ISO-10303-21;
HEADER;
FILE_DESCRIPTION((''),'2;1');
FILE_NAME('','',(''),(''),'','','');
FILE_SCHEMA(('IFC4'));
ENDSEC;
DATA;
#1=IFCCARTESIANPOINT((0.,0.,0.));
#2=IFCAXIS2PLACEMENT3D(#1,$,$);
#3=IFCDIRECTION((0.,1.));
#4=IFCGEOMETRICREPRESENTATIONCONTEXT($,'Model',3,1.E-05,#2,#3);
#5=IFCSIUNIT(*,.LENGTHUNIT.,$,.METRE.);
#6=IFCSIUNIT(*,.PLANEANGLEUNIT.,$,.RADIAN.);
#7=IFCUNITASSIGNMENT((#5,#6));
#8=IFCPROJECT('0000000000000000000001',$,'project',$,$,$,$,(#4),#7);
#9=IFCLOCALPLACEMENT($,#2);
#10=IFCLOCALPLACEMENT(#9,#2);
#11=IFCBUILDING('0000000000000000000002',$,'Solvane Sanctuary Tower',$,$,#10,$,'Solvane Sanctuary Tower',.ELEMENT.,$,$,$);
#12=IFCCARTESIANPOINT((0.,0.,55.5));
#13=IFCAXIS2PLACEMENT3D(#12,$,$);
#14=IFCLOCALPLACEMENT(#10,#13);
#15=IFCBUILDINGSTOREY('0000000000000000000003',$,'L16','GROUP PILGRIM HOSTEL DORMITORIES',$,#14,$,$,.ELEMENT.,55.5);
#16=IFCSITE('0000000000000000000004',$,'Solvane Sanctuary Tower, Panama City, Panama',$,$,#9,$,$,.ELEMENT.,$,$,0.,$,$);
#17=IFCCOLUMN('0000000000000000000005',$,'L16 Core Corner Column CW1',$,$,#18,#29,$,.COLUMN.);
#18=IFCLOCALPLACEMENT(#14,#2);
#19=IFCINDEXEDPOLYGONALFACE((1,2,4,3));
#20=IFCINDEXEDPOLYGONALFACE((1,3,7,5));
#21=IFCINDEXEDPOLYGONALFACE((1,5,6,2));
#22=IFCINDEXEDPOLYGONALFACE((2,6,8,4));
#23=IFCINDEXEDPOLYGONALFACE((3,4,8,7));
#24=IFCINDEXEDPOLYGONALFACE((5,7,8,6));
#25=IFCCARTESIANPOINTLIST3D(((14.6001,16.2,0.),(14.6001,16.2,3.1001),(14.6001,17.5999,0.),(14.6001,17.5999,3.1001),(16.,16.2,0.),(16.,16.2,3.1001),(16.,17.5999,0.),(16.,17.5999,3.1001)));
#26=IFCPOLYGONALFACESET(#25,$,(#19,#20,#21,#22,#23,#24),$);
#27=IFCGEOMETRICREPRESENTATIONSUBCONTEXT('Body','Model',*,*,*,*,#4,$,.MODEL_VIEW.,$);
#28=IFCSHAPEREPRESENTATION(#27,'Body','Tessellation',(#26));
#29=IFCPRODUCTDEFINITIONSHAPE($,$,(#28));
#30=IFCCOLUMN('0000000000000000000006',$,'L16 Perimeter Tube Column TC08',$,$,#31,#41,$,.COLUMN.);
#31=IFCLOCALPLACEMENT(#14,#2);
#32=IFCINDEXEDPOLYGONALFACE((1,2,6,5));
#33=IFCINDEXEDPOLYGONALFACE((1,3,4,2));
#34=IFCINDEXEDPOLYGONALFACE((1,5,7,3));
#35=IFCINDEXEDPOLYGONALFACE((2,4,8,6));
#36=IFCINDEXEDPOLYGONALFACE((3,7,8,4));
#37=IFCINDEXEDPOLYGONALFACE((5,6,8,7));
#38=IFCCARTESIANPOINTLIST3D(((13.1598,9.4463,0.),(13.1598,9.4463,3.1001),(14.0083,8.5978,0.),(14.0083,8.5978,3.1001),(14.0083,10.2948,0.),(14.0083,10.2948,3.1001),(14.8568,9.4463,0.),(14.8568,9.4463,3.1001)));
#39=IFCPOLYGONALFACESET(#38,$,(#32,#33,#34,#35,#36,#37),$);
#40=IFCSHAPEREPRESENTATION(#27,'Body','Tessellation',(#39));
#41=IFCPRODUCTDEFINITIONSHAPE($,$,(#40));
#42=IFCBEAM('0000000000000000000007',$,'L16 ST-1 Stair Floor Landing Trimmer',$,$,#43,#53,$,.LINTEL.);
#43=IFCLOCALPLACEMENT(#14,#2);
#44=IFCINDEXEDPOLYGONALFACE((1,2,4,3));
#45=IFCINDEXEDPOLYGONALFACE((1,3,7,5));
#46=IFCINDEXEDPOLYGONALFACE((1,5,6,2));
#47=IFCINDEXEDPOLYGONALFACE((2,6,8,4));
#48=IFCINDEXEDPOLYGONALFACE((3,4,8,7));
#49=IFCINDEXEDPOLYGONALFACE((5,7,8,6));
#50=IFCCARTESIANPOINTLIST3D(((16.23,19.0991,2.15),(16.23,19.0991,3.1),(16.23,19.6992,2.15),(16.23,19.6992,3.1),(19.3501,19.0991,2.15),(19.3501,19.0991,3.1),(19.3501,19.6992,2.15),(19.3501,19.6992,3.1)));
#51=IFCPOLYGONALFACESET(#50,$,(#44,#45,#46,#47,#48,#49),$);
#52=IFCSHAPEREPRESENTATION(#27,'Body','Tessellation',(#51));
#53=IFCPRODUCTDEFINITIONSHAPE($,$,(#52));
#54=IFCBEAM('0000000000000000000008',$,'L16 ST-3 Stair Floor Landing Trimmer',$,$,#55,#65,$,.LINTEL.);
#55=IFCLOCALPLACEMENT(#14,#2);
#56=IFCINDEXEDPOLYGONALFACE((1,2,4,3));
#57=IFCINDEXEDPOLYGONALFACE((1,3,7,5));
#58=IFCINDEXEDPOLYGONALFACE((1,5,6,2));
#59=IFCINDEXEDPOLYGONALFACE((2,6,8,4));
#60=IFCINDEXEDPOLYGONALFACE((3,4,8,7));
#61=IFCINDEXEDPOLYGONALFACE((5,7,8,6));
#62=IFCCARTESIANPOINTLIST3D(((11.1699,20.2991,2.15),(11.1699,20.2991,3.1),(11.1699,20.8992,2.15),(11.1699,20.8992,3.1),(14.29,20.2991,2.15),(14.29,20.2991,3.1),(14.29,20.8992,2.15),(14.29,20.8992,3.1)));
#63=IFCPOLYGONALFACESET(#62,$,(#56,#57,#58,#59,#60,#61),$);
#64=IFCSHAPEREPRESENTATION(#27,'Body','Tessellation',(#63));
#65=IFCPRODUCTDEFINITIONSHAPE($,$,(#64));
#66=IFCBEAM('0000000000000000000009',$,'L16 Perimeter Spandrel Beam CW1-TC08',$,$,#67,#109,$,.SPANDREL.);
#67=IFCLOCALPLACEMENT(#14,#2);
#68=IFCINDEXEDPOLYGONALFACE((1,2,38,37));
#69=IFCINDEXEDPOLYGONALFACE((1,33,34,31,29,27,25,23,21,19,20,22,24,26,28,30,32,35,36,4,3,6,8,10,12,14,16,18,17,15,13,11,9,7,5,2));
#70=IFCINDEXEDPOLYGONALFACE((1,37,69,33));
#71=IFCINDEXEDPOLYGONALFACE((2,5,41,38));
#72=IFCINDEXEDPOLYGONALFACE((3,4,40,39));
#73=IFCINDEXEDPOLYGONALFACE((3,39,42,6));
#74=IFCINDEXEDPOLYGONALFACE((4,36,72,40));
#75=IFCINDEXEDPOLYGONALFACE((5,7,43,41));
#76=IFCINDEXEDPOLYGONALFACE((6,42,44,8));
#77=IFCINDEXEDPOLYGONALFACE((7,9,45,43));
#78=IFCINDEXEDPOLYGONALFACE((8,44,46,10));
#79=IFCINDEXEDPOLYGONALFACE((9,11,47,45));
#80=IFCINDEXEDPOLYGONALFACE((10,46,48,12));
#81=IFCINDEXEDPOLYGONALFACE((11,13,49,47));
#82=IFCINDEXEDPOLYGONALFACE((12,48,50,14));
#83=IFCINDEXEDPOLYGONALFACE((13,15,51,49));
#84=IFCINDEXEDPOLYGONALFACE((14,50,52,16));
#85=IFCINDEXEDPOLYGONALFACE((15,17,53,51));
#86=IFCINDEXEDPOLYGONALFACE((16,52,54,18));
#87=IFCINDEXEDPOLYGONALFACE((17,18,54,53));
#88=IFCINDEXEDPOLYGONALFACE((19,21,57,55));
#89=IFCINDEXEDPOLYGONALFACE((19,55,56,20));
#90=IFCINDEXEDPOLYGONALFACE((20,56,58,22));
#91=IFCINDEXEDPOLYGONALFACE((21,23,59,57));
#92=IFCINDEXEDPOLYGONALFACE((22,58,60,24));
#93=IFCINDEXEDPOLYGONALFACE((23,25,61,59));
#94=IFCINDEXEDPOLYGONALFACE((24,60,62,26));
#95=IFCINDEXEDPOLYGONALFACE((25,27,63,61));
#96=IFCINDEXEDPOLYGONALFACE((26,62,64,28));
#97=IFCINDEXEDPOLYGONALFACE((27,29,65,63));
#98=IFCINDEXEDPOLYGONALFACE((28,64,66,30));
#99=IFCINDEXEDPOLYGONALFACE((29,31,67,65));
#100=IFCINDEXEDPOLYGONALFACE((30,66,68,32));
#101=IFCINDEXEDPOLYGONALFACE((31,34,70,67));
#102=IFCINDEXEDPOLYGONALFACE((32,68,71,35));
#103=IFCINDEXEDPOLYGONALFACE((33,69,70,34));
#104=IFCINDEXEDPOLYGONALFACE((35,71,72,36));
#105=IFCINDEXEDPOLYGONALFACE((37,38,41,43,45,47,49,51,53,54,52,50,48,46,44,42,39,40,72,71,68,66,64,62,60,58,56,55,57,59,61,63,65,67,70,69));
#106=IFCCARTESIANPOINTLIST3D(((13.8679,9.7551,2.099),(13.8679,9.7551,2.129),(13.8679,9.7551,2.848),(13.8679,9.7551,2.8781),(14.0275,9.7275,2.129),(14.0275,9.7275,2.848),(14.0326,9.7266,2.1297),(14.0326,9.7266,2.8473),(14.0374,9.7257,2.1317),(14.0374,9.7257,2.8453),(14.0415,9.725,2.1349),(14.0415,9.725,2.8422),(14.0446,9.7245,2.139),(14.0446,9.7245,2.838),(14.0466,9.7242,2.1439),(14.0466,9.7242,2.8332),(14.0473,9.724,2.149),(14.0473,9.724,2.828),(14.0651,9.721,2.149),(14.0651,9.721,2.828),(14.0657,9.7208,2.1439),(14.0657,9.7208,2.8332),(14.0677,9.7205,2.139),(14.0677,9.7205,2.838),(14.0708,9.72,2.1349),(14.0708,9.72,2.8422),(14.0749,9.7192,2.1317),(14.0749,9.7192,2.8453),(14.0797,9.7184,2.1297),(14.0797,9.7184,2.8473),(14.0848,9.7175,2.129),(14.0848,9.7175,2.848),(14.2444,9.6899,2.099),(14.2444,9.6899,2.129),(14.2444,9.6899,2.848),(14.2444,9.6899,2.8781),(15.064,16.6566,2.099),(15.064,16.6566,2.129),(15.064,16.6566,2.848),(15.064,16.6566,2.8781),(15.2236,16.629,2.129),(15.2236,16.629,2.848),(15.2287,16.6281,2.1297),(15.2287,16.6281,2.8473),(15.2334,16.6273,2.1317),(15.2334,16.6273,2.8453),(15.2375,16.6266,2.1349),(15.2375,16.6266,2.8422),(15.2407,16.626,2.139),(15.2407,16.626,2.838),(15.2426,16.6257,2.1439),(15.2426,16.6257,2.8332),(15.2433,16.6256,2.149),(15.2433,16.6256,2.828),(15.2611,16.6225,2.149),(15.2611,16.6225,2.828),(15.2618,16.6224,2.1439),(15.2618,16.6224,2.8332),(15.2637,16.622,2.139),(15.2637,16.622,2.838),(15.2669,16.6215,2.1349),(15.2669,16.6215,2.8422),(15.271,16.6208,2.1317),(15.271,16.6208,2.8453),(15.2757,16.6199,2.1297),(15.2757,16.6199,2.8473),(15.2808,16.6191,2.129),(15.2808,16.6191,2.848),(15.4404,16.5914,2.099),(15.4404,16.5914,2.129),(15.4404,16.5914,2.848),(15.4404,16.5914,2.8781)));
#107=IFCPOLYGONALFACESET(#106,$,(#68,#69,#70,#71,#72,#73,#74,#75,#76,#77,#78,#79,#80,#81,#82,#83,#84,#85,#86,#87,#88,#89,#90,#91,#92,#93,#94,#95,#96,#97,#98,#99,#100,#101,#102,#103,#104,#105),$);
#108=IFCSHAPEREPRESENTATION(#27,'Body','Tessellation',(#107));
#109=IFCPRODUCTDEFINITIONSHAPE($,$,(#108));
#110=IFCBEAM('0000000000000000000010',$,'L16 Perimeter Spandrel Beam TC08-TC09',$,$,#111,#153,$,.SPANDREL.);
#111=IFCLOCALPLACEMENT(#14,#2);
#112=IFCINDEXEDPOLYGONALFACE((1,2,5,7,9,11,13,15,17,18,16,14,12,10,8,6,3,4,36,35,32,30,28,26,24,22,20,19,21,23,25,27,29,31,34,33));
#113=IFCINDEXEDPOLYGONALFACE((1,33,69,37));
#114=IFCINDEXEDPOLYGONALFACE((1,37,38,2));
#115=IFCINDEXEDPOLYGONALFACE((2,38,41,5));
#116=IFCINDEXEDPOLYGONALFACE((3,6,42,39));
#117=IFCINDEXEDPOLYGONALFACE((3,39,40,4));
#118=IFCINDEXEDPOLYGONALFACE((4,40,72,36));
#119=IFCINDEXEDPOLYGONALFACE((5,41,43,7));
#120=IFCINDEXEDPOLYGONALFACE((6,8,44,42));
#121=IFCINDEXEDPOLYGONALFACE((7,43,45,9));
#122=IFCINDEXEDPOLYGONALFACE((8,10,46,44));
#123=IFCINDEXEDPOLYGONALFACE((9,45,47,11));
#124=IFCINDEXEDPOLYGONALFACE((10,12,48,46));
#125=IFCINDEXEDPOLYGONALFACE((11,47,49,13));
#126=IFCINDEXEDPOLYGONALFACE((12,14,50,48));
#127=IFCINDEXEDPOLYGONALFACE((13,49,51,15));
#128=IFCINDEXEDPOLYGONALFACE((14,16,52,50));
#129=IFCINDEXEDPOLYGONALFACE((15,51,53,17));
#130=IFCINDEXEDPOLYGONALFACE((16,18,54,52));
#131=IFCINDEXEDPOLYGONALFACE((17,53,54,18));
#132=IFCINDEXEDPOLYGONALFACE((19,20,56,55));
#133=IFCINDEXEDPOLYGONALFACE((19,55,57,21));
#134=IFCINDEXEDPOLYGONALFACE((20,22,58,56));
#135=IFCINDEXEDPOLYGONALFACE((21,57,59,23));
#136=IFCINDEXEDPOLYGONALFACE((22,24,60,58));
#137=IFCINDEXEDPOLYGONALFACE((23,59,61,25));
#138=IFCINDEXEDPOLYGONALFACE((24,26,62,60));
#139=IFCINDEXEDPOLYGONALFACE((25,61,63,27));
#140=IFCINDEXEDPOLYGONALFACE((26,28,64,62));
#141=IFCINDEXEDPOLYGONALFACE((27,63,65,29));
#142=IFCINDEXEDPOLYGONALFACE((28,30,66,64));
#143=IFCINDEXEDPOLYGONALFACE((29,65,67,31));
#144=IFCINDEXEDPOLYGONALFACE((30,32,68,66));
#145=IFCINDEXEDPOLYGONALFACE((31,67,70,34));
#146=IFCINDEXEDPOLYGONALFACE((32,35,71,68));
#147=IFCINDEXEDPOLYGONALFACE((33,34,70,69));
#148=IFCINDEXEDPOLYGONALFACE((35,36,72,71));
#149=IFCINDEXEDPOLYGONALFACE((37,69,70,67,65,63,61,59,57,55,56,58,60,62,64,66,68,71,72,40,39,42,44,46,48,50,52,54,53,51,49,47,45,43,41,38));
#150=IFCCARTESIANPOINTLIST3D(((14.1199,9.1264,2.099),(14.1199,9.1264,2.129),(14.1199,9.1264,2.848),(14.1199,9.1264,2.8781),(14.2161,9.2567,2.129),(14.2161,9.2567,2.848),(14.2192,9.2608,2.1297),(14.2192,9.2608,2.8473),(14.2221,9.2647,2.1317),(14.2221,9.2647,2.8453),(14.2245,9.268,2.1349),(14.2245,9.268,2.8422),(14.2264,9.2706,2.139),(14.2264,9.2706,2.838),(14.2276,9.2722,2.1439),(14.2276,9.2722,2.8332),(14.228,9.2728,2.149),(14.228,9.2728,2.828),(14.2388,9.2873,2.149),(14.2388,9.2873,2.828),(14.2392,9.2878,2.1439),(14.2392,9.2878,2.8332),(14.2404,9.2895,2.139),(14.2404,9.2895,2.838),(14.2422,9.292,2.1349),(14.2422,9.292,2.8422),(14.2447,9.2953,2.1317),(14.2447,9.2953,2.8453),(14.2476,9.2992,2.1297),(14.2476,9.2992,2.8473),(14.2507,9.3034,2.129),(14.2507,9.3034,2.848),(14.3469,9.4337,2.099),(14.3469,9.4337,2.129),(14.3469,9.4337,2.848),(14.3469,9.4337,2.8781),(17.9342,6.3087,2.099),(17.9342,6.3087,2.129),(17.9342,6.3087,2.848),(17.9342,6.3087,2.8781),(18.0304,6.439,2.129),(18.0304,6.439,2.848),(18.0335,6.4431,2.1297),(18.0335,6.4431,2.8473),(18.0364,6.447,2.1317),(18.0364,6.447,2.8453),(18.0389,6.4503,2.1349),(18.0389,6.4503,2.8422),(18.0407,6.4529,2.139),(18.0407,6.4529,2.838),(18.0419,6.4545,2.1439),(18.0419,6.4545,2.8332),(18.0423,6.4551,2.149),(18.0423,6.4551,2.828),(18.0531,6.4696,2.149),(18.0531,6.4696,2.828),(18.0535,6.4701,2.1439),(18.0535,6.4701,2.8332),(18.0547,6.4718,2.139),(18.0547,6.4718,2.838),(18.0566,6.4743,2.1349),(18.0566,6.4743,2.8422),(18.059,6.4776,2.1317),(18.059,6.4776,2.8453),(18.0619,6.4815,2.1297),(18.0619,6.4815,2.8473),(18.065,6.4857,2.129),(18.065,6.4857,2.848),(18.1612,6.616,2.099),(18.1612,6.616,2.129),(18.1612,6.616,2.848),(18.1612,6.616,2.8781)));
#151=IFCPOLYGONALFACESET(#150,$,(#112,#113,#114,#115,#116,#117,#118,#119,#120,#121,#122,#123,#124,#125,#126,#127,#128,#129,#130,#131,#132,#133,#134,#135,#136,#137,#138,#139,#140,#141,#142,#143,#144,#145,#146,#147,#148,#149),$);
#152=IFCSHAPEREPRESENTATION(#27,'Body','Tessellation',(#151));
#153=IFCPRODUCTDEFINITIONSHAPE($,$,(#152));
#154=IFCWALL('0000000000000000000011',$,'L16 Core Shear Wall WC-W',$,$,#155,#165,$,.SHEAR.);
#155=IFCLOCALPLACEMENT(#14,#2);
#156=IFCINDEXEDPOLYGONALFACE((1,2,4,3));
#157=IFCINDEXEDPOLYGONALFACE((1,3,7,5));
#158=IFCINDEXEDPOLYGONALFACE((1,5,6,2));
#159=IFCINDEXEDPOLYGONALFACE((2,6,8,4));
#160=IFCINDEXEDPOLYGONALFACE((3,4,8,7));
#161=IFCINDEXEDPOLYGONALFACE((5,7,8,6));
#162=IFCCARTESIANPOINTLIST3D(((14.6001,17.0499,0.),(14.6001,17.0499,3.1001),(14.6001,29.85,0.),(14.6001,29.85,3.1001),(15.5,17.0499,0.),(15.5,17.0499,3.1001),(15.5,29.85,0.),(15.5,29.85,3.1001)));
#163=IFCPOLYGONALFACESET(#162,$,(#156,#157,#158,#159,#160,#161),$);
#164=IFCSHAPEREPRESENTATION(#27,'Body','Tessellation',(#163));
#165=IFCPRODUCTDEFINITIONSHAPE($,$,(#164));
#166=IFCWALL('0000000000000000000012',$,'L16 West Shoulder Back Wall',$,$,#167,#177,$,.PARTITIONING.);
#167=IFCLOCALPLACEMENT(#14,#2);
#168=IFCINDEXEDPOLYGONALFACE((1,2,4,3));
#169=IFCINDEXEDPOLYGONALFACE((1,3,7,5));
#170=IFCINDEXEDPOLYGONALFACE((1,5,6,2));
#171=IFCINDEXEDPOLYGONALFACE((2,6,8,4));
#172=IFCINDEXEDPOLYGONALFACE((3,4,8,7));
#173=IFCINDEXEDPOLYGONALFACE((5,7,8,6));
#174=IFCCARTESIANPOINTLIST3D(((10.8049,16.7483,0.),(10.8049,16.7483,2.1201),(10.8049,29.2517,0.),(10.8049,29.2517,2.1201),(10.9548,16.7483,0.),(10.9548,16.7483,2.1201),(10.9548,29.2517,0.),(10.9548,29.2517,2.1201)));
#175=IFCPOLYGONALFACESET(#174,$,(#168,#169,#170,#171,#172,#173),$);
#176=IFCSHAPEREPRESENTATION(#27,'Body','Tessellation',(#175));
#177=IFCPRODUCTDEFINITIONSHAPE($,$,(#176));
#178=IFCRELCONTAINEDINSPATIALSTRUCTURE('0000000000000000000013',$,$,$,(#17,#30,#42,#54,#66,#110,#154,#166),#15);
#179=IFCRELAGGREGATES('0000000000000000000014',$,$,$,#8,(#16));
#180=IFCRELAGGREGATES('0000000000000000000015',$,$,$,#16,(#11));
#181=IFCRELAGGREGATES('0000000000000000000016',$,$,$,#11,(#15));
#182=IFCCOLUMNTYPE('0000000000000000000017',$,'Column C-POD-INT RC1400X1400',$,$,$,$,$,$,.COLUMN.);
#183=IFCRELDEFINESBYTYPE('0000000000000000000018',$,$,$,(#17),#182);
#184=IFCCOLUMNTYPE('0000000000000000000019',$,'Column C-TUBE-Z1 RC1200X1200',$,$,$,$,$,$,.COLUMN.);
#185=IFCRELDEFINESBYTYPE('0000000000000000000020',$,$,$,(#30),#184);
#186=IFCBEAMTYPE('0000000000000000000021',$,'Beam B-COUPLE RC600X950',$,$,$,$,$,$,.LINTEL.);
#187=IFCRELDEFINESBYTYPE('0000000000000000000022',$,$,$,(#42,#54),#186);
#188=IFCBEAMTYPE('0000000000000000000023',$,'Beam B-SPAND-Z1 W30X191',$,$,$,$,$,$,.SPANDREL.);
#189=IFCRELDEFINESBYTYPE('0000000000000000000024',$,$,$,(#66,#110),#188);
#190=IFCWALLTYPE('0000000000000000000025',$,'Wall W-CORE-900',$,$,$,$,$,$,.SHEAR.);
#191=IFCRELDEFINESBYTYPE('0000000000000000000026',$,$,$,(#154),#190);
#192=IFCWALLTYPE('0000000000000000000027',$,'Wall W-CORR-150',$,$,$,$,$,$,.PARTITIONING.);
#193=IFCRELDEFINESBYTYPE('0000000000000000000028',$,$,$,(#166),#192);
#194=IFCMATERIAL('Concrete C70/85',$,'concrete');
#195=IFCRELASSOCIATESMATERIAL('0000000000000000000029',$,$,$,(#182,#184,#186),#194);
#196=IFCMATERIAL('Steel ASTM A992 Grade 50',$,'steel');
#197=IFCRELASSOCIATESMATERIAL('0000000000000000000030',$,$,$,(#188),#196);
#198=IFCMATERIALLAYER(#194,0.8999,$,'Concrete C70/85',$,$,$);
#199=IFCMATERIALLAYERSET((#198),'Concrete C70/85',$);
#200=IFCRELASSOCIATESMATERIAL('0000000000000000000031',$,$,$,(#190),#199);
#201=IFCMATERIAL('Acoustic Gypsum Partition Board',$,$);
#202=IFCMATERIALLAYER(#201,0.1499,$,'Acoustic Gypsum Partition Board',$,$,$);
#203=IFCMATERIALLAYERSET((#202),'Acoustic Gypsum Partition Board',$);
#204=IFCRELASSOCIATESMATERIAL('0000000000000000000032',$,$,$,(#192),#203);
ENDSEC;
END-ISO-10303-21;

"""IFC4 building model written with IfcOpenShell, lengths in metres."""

from ifc_helpers import new_model, si_unit, direction, frame, frame_2d, origin, origin_2d, place, context, subcontext, project, spatial, rectangle, i_section, extrude, material, layer, layer_set, material_profile, profile_set, type_object, element, save


model = new_model("IFC4")

# Units and contexts
model_context = context("Model", 3, precision=1e-05, world=origin(), true_north=direction((0.0, 1.0)))
body_context = subcontext(model_context, "Body", "Model", "MODEL_VIEW")
ifc_project = project(units=[si_unit("LENGTHUNIT", "METRE"), si_unit("PLANEANGLEUNIT", "RADIAN")], contexts=[model_context])

# Site, building, storey
site_placement = place(None, origin())
site = spatial("IfcSite", under=ifc_project, at=site_placement, Name="Solvane Sanctuary Tower, Panama City, Panama", CompositionType="ELEMENT", RefElevation=0.0)
building_placement = place(site_placement, origin())
building = spatial("IfcBuilding", under=site, at=building_placement, Name="Solvane Sanctuary Tower", LongName="Solvane Sanctuary Tower", CompositionType="ELEMENT")
storey_placement = place(building_placement, frame((0.0, 0.0, 55.5)))
storey = spatial("IfcBuildingStorey", under=building, at=storey_placement, Name="L16", Description="GROUP PILGRIM HOSTEL DORMITORIES", CompositionType="ELEMENT", Elevation=55.5)

# Columns
ifc_material_1 = material(Name="Concrete C70/85", Category="concrete")
ifc_material_profile_1 = material_profile(ifc_material_1, rectangle(XDim=1.3999, YDim=1.3999, at=origin_2d()), Name="RC1400X1400")
ifc_profile_set_1 = profile_set([ifc_material_profile_1], Name="Concrete C70/85")
column_type_1 = type_object("IfcColumnType", Name="Column C-POD-INT RC1400X1400", PredefinedType="COLUMN", material=ifc_profile_set_1)
column_1_placement = place(storey_placement, frame((15.3, 16.8999, 0.0), z_axis=(0.0, 0.0, 1.0), x_axis=(1.0, 0.0, 0.0)))
element("IfcColumn", 1, at=column_1_placement, inside=storey, type_object=column_type_1, Name="L16 Core Corner Column CW1", PredefinedType="COLUMN", context=body_context, shape_type="SweptSolid", body=[
    extrude(rectangle(XDim=1.3999, YDim=1.3999, at=origin_2d()), origin(), (0.0, 0.0, 1.0), 3.1001),
])
ifc_material_profile_2 = material_profile(ifc_material_1, rectangle(XDim=1.2, YDim=1.2, at=origin_2d()), Name="RC1200X1200")
ifc_profile_set_2 = profile_set([ifc_material_profile_2], Name="Concrete C70/85")
column_type_2 = type_object("IfcColumnType", Name="Column C-TUBE-Z1 RC1200X1200", PredefinedType="COLUMN", material=ifc_profile_set_2)
column_2_placement = place(storey_placement, frame((14.0083, 9.4463, 0.0), z_axis=(0.0, 0.0, 1.0), x_axis=(-0.707107, -0.707107, 0.0)))
element("IfcColumn", 2, at=column_2_placement, inside=storey, type_object=column_type_2, Name="L16 Perimeter Tube Column TC08", PredefinedType="COLUMN", context=body_context, shape_type="SweptSolid", body=[
    extrude(rectangle(XDim=1.2, YDim=1.2, at=origin_2d()), origin(), (0.0, 0.0, 1.0), 3.1001),
])

# Beams
ifc_material_profile_3 = material_profile(ifc_material_1, rectangle(XDim=0.6001, YDim=0.95, at=origin_2d()), Name="RC600X950")
ifc_profile_set_3 = profile_set([ifc_material_profile_3], Name="Concrete C70/85")
beam_type_1 = type_object("IfcBeamType", Name="Beam B-COUPLE RC600X950", PredefinedType="LINTEL", material=ifc_profile_set_3)
for number, where, z_axis, x_axis, name in (
    (3, (16.23, 19.3992, 2.625), (1.0, 0.0, 0.0), (0.0, 1.0, 0.0), "L16 ST-1 Stair Floor Landing Trimmer"),
    (4, (11.1699, 20.5991, 2.625), (1.0, 0.0, 0.0), (0.0, 1.0, 0.0), "L16 ST-3 Stair Floor Landing Trimmer"),
):
    element("IfcBeam", number, at=place(storey_placement, frame(where, z_axis=z_axis, x_axis=x_axis)), inside=storey, type_object=beam_type_1, Name=name, PredefinedType="LINTEL", context=body_context, shape_type="SweptSolid", body=[
        extrude(rectangle(XDim=0.6001, YDim=0.95, at=origin_2d()), origin(), (0.0, 0.0, 1.0), 3.1201),
    ])
ifc_material_2 = material(Name="Steel ASTM A992 Grade 50", Category="steel")
ifc_material_profile_4 = material_profile(ifc_material_2, i_section(OverallWidth=0.3821, OverallDepth=0.7791, WebThickness=0.0181, FlangeThickness=0.03, FilletRadius=0.02, at=origin_2d()), Name="W30X191")
ifc_profile_set_4 = profile_set([ifc_material_profile_4], Name="Steel ASTM A992 Grade 50")
beam_type_2 = type_object("IfcBeamType", Name="Beam B-SPAND-Z1 W30X191", PredefinedType="SPANDREL", material=ifc_profile_set_4)
beam_1_placement = place(storey_placement, frame((15.2522, 16.624, 2.4885), z_axis=(-0.170754, -0.985314, 0.0), x_axis=(0.985314, -0.170754, 0.0)))
element("IfcBeam", 5, at=beam_1_placement, inside=storey, type_object=beam_type_2, Name="L16 Perimeter Spandrel Beam CW1-TC08", PredefinedType="SPANDREL", context=body_context, shape_type="SweptSolid", body=[
    extrude(i_section(OverallWidth=0.3821, OverallDepth=0.7791, WebThickness=0.0181, FlangeThickness=0.03, FilletRadius=0.02, at=origin_2d()), origin(), (0.0, 0.0, 1.0), 7.0044),
])
beam_2_placement = place(storey_placement, frame((14.2334, 9.28, 2.4885), z_axis=(0.804334, -0.594177, 0.0), x_axis=(0.594177, 0.804334, 0.0)))
element("IfcBeam", 6, at=beam_2_placement, inside=storey, type_object=beam_type_2, Name="L16 Perimeter Spandrel Beam TC08-TC09", PredefinedType="SPANDREL", context=body_context, shape_type="SweptSolid", body=[
    extrude(i_section(OverallWidth=0.3821, OverallDepth=0.7791, WebThickness=0.0181, FlangeThickness=0.03, FilletRadius=0.02, at=origin_2d()), origin(), (0.0, 0.0, 1.0), 4.7422),
])

# Walls
ifc_layer_1 = layer(ifc_material_1, 0.8999, Name="Concrete C70/85")
ifc_layer_set_1 = layer_set([ifc_layer_1], Name="Concrete C70/85")
wall_type_1 = type_object("IfcWallType", Name="Wall W-CORE-900", PredefinedType="SHEAR", material=ifc_layer_set_1)
wall_1_placement = place(storey_placement, frame((15.05, 17.05, 0.0), z_axis=(0.0, 0.0, 1.0), x_axis=(0.0, 1.0, 0.0)))
element("IfcWall", 7, at=wall_1_placement, inside=storey, type_object=wall_type_1, Name="L16 Core Shear Wall WC-W", PredefinedType="SHEAR", context=body_context, shape_type="SweptSolid", body=[
    extrude(rectangle(XDim=12.8, YDim=0.8999, at=frame_2d((6.3999, 0.0))), origin(), (0.0, 0.0, 1.0), 3.1001),
])
ifc_material_3 = material(Name="Acoustic Gypsum Partition Board")
ifc_layer_2 = layer(ifc_material_3, 0.1499, Name="Acoustic Gypsum Partition Board")
ifc_layer_set_2 = layer_set([ifc_layer_2], Name="Acoustic Gypsum Partition Board")
wall_type_2 = type_object("IfcWallType", Name="Wall W-CORR-150", PredefinedType="PARTITIONING", material=ifc_layer_set_2)
wall_2_placement = place(storey_placement, frame((10.8799, 16.7483, 0.0), z_axis=(0.0, 0.0, 1.0), x_axis=(0.0, 1.0, 0.0)))
element("IfcWall", 8, at=wall_2_placement, inside=storey, type_object=wall_type_2, Name="L16 West Shoulder Back Wall", PredefinedType="PARTITIONING", context=body_context, shape_type="SweptSolid", body=[
    extrude(rectangle(XDim=12.5034, YDim=0.1499, at=frame_2d((6.2517, 0.0))), origin(), (0.0, 0.0, 1.0), 2.1201),
])

save(model, "model.ifc")
